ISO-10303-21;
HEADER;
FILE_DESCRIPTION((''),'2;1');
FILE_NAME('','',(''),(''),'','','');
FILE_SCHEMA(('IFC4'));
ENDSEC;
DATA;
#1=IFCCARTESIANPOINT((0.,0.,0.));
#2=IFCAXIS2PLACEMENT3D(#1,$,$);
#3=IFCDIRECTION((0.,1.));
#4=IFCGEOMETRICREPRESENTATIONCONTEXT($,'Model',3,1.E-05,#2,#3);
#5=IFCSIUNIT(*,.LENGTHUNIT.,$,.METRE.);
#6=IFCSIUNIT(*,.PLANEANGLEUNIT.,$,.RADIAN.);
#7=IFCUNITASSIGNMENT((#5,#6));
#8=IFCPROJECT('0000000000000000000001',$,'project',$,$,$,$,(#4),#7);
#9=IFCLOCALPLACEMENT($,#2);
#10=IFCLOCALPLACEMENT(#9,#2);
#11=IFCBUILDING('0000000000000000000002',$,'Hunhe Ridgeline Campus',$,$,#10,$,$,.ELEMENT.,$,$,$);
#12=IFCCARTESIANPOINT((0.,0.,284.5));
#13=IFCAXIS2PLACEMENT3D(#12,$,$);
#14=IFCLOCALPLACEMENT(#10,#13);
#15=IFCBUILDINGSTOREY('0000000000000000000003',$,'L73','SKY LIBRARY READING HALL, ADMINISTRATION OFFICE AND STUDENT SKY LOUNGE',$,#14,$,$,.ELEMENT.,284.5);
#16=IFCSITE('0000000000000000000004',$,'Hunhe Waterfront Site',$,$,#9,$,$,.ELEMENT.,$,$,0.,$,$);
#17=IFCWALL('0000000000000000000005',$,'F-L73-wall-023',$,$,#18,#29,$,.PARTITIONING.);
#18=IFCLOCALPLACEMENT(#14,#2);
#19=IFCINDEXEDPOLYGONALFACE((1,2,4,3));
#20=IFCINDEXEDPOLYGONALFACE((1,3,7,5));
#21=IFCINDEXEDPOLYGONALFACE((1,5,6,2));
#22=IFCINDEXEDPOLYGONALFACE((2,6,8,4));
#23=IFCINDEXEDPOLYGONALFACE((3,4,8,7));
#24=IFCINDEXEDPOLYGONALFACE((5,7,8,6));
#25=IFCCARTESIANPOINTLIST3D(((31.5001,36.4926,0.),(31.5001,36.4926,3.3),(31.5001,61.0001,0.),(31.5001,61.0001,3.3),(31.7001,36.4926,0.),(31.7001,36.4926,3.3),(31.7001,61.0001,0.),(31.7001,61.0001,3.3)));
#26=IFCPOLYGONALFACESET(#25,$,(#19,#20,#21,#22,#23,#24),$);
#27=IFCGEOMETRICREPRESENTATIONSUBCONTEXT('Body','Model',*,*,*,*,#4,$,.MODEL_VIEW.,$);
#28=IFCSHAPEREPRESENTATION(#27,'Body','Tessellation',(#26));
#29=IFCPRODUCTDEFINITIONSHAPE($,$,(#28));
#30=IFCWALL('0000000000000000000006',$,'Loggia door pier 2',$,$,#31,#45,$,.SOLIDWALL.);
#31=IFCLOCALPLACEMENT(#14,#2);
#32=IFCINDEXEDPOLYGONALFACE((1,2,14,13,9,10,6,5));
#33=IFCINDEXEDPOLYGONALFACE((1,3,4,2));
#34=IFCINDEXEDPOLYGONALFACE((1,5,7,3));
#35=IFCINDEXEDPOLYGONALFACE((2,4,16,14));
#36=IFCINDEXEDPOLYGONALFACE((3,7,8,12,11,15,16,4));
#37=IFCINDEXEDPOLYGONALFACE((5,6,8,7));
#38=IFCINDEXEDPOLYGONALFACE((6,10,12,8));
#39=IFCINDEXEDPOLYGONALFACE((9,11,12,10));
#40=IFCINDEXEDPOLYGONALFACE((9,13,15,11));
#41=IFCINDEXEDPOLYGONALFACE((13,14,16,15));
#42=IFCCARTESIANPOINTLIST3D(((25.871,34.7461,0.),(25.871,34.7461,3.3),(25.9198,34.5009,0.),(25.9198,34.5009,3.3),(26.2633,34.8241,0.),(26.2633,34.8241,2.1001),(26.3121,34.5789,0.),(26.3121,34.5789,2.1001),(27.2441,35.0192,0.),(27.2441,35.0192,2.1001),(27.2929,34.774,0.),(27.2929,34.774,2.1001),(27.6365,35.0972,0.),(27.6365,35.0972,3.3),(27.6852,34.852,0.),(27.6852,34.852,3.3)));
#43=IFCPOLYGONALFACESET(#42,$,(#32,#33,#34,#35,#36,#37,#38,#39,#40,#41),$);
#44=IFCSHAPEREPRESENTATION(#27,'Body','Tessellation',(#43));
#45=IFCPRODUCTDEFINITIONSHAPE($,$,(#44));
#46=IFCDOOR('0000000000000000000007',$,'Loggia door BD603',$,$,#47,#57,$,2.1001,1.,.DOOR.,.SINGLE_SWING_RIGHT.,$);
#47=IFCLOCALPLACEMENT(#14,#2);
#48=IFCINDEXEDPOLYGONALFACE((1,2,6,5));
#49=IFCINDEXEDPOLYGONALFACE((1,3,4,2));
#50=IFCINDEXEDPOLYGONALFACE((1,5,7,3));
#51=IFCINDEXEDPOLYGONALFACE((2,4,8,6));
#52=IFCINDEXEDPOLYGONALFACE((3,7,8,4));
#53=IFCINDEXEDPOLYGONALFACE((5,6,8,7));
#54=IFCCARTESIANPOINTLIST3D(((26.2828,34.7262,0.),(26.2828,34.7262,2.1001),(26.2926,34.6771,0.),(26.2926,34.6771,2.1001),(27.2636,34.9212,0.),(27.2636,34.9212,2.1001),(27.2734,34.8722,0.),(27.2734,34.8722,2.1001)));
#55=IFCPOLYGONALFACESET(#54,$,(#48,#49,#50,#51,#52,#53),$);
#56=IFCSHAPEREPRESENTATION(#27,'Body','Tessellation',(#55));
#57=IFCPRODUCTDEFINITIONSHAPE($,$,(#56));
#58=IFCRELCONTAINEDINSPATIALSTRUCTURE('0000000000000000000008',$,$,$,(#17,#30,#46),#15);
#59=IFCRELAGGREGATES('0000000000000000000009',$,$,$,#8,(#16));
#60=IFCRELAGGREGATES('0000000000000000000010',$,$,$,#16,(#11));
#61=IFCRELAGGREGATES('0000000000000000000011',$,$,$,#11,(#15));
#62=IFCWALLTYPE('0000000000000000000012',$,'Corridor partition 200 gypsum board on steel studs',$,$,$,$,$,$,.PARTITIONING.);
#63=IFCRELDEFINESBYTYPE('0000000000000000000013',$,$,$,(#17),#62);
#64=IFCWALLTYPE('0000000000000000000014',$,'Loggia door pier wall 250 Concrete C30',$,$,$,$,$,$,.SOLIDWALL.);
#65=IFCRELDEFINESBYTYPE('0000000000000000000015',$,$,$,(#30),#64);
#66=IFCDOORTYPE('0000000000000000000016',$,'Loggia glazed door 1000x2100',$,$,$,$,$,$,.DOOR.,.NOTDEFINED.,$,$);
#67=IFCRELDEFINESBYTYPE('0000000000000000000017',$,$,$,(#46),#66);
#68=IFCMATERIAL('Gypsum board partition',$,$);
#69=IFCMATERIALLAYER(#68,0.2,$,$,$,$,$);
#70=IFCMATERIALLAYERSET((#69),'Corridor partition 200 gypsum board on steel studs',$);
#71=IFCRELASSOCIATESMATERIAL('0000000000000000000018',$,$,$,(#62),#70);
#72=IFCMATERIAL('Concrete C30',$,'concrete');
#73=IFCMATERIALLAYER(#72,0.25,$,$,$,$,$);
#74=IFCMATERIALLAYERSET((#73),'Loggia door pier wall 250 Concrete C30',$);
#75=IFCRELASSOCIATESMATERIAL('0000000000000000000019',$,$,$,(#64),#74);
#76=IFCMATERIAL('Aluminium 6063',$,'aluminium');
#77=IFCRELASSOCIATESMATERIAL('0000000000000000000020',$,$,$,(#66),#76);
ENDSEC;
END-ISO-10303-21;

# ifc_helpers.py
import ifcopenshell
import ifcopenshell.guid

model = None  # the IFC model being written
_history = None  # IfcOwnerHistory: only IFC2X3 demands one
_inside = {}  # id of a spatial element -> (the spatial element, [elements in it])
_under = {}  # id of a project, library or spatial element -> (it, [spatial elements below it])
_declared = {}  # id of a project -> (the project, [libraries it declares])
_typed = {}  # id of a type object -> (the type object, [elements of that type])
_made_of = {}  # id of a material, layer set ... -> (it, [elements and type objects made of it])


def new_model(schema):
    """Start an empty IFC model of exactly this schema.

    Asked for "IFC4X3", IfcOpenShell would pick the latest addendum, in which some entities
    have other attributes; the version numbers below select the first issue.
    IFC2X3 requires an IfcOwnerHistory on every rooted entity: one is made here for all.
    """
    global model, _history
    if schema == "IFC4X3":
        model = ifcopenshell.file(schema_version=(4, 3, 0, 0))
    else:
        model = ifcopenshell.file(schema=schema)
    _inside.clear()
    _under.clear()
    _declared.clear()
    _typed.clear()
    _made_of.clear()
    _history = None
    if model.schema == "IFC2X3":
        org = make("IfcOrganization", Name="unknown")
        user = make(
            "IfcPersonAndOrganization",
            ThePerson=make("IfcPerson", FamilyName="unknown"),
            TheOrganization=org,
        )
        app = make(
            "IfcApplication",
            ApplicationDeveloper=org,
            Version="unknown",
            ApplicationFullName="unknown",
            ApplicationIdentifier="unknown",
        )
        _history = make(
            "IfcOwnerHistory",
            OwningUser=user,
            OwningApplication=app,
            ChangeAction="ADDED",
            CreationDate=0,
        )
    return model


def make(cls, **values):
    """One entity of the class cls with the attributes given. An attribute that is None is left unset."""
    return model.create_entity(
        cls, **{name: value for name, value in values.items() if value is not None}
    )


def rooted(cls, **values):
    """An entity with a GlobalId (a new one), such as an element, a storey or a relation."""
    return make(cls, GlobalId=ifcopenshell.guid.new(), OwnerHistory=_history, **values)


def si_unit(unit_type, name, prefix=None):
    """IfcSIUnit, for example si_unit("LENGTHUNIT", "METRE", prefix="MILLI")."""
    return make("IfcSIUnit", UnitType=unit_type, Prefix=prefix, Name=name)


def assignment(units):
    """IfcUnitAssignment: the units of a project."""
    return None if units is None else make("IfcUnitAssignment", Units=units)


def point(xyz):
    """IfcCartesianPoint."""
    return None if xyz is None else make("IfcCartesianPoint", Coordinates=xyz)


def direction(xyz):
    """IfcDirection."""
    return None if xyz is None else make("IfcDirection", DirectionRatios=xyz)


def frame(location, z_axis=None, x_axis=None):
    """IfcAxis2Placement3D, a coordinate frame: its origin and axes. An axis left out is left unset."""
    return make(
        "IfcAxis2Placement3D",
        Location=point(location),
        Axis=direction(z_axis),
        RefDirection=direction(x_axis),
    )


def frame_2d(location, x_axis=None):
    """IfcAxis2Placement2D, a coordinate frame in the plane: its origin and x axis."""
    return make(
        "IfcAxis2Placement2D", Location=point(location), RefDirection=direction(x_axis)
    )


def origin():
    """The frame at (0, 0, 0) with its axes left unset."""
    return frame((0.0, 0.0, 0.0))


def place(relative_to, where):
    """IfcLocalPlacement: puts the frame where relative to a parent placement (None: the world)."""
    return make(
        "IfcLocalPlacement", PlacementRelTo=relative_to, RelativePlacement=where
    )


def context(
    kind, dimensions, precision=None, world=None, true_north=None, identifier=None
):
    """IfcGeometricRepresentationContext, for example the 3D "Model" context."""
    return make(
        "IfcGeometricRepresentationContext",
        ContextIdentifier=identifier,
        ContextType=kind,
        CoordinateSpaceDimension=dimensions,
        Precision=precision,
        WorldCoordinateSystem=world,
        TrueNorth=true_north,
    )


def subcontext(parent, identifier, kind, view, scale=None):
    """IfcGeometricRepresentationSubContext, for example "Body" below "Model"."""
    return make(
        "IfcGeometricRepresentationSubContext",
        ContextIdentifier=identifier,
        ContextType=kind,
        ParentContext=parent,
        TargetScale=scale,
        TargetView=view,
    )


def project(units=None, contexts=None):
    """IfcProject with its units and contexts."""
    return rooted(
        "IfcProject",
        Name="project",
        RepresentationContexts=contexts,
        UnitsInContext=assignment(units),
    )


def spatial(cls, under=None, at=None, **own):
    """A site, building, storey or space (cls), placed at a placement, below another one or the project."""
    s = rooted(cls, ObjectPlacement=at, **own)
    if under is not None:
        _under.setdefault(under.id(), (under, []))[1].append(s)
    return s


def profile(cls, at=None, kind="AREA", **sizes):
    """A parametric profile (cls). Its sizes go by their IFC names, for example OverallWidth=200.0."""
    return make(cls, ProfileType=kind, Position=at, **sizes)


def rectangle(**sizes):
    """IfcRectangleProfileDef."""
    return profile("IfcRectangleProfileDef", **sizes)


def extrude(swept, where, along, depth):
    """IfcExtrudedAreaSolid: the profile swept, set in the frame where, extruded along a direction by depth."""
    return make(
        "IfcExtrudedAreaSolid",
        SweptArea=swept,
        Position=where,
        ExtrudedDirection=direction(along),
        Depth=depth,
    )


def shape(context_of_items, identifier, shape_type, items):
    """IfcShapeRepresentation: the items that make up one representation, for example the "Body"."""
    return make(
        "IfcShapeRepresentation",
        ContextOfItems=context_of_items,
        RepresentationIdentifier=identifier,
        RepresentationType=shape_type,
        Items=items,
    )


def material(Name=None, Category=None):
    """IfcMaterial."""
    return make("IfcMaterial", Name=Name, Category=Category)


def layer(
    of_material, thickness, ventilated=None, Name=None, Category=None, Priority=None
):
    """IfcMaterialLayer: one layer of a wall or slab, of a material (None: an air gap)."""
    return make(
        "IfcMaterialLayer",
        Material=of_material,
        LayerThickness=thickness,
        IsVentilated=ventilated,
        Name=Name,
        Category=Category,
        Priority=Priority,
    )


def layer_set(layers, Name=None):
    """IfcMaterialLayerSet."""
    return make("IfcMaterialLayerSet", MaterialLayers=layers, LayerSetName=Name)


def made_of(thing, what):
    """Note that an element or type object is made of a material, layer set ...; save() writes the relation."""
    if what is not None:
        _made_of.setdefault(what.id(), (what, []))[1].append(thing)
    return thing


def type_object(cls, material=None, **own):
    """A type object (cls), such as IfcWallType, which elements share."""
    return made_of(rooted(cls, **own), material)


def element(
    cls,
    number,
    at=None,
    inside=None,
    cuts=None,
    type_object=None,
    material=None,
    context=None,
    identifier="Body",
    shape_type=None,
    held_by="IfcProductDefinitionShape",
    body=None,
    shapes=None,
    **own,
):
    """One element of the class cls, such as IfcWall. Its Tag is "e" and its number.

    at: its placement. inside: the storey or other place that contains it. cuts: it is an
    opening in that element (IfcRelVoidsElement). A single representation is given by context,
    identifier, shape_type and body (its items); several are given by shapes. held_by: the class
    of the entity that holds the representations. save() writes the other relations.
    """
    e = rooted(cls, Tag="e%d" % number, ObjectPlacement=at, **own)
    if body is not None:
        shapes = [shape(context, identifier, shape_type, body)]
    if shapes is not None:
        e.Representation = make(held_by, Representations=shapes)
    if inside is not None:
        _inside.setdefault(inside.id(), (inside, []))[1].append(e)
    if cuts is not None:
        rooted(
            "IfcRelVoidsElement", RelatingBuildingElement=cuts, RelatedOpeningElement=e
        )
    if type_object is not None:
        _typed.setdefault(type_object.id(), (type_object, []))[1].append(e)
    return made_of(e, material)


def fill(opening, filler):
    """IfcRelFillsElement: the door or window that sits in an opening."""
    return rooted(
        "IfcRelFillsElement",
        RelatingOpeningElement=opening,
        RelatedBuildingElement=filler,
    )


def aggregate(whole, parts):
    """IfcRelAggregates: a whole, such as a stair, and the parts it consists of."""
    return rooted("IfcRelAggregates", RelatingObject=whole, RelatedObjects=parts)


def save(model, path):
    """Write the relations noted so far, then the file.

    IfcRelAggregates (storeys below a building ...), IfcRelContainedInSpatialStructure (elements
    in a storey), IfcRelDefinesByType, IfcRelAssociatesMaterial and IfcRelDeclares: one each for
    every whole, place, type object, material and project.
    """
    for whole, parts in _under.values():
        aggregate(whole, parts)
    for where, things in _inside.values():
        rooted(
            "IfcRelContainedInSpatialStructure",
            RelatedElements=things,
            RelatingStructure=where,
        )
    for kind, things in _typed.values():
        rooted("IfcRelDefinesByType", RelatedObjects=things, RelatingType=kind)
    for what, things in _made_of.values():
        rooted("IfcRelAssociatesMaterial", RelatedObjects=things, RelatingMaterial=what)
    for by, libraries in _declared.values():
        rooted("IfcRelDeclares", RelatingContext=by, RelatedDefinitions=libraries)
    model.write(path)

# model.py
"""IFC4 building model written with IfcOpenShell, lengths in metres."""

from ifc_helpers import new_model, si_unit, direction, frame, frame_2d, origin, place, context, subcontext, project, spatial, rectangle, extrude, material, layer, layer_set, type_object, element, fill, save


model = new_model("IFC4")

# Units and contexts
model_context = context("Model", 3, precision=1e-05, world=origin(), true_north=direction((0.0, 1.0)))
body_context = subcontext(model_context, "Body", "Model", "MODEL_VIEW")
ifc_project = project(units=[si_unit("LENGTHUNIT", "METRE"), si_unit("PLANEANGLEUNIT", "RADIAN")], contexts=[model_context])

# Site, building, storey
site_placement = place(None, origin())
site = spatial("IfcSite", under=ifc_project, at=site_placement, Name="Hunhe Waterfront Site", CompositionType="ELEMENT", RefElevation=0.0)
building_placement = place(site_placement, origin())
building = spatial("IfcBuilding", under=site, at=building_placement, Name="Hunhe Ridgeline Campus", CompositionType="ELEMENT")
storey_placement = place(building_placement, frame((0.0, 0.0, 284.5)))
storey = spatial("IfcBuildingStorey", under=building, at=storey_placement, Name="L73", Description="SKY LIBRARY READING HALL, ADMINISTRATION OFFICE AND STUDENT SKY LOUNGE", CompositionType="ELEMENT", Elevation=284.5)

# Shared definitions
ifc_material_1 = material(Name="Aluminium 6063", Category="aluminium")

# Wall
ifc_material_2 = material(Name="Gypsum board partition")
ifc_layer_1 = layer(ifc_material_2, 0.2)
ifc_layer_set_1 = layer_set([ifc_layer_1], Name="Corridor partition 200 gypsum board on steel studs")
wall_type_1 = type_object("IfcWallType", Name="Corridor partition 200 gypsum board on steel studs", PredefinedType="PARTITIONING", material=ifc_layer_set_1)
wall_1_placement = place(storey_placement, frame((31.6001, 36.4924, 0.0), z_axis=(0.0, 0.0, 1.0), x_axis=(0.0, 1.0, 0.0)))
element("IfcWall", 1, at=wall_1_placement, inside=storey, type_object=wall_type_1, Name="F-L73-wall-023", PredefinedType="PARTITIONING", context=body_context, shape_type="SweptSolid", body=[
    extrude(rectangle(XDim=24.5076, YDim=0.2, at=frame_2d((12.2539, 0.0))), origin(), (0.0, 0.0, 1.0), 3.3),
])

# Wall, opening, door
ifc_material_3 = material(Name="Concrete C30", Category="concrete")
ifc_layer_2 = layer(ifc_material_3, 0.25)
ifc_layer_set_2 = layer_set([ifc_layer_2], Name="Loggia door pier wall 250 Concrete C30")
wall_type_2 = type_object("IfcWallType", Name="Loggia door pier wall 250 Concrete C30", PredefinedType="SOLIDWALL", material=ifc_layer_set_2)
wall_2_placement = place(storey_placement, frame((25.8955, 34.6235, 0.0), z_axis=(0.0, 0.0, 1.0), x_axis=(0.980794, 0.195047, 0.0)))
wall_2 = element("IfcWall", 2, at=wall_2_placement, inside=storey, type_object=wall_type_2, Name="Loggia door pier 2", PredefinedType="SOLIDWALL", context=body_context, shape_type="SweptSolid", body=[
    extrude(rectangle(XDim=1.8, YDim=0.25, at=frame_2d((0.8999, 0.0))), origin(), (0.0, 0.0, 1.0), 3.3),
])
opening_placement = place(wall_2_placement, frame((0.3999, 0.0, 0.0)))
opening = element("IfcOpeningElement", 3, at=opening_placement, cuts=wall_2, PredefinedType="OPENING", context=body_context, shape_type="SweptSolid", body=[
    extrude(rectangle(XDim=1.0, YDim=2.1001, at=frame_2d((0.5, 1.05))), frame((0.0, 0.125, 0.0), z_axis=(0.0, -1.0, 0.0), x_axis=(1.0, 0.0, 0.0)), (0.0, 0.0, 1.0), 0.25),
])
door_type = type_object("IfcDoorType", Name="Loggia glazed door 1000x2100", OperationType="NOTDEFINED", PredefinedType="DOOR", material=ifc_material_1)
door_placement = place(opening_placement, frame((1.0, 0.0, 0.0), z_axis=(0.0, 0.0, 1.0), x_axis=(-1.0, 0.0, 0.0)))
door = element("IfcDoor", 4, at=door_placement, inside=storey, type_object=door_type, Name="Loggia door BD603", OperationType="SINGLE_SWING_RIGHT", OverallHeight=2.1001, OverallWidth=1.0, PredefinedType="DOOR", context=body_context, shape_type="SweptSolid", body=[
    extrude(rectangle(XDim=1.0, YDim=2.1001, at=frame_2d((0.5, 1.05))), frame((0.0, 0.0249, 0.0), z_axis=(0.0, -1.0, 0.0), x_axis=(1.0, 0.0, 0.0)), (0.0, 0.0, 1.0), 0.05),
])
fill(opening, door)

save(model, "model.ifc")
